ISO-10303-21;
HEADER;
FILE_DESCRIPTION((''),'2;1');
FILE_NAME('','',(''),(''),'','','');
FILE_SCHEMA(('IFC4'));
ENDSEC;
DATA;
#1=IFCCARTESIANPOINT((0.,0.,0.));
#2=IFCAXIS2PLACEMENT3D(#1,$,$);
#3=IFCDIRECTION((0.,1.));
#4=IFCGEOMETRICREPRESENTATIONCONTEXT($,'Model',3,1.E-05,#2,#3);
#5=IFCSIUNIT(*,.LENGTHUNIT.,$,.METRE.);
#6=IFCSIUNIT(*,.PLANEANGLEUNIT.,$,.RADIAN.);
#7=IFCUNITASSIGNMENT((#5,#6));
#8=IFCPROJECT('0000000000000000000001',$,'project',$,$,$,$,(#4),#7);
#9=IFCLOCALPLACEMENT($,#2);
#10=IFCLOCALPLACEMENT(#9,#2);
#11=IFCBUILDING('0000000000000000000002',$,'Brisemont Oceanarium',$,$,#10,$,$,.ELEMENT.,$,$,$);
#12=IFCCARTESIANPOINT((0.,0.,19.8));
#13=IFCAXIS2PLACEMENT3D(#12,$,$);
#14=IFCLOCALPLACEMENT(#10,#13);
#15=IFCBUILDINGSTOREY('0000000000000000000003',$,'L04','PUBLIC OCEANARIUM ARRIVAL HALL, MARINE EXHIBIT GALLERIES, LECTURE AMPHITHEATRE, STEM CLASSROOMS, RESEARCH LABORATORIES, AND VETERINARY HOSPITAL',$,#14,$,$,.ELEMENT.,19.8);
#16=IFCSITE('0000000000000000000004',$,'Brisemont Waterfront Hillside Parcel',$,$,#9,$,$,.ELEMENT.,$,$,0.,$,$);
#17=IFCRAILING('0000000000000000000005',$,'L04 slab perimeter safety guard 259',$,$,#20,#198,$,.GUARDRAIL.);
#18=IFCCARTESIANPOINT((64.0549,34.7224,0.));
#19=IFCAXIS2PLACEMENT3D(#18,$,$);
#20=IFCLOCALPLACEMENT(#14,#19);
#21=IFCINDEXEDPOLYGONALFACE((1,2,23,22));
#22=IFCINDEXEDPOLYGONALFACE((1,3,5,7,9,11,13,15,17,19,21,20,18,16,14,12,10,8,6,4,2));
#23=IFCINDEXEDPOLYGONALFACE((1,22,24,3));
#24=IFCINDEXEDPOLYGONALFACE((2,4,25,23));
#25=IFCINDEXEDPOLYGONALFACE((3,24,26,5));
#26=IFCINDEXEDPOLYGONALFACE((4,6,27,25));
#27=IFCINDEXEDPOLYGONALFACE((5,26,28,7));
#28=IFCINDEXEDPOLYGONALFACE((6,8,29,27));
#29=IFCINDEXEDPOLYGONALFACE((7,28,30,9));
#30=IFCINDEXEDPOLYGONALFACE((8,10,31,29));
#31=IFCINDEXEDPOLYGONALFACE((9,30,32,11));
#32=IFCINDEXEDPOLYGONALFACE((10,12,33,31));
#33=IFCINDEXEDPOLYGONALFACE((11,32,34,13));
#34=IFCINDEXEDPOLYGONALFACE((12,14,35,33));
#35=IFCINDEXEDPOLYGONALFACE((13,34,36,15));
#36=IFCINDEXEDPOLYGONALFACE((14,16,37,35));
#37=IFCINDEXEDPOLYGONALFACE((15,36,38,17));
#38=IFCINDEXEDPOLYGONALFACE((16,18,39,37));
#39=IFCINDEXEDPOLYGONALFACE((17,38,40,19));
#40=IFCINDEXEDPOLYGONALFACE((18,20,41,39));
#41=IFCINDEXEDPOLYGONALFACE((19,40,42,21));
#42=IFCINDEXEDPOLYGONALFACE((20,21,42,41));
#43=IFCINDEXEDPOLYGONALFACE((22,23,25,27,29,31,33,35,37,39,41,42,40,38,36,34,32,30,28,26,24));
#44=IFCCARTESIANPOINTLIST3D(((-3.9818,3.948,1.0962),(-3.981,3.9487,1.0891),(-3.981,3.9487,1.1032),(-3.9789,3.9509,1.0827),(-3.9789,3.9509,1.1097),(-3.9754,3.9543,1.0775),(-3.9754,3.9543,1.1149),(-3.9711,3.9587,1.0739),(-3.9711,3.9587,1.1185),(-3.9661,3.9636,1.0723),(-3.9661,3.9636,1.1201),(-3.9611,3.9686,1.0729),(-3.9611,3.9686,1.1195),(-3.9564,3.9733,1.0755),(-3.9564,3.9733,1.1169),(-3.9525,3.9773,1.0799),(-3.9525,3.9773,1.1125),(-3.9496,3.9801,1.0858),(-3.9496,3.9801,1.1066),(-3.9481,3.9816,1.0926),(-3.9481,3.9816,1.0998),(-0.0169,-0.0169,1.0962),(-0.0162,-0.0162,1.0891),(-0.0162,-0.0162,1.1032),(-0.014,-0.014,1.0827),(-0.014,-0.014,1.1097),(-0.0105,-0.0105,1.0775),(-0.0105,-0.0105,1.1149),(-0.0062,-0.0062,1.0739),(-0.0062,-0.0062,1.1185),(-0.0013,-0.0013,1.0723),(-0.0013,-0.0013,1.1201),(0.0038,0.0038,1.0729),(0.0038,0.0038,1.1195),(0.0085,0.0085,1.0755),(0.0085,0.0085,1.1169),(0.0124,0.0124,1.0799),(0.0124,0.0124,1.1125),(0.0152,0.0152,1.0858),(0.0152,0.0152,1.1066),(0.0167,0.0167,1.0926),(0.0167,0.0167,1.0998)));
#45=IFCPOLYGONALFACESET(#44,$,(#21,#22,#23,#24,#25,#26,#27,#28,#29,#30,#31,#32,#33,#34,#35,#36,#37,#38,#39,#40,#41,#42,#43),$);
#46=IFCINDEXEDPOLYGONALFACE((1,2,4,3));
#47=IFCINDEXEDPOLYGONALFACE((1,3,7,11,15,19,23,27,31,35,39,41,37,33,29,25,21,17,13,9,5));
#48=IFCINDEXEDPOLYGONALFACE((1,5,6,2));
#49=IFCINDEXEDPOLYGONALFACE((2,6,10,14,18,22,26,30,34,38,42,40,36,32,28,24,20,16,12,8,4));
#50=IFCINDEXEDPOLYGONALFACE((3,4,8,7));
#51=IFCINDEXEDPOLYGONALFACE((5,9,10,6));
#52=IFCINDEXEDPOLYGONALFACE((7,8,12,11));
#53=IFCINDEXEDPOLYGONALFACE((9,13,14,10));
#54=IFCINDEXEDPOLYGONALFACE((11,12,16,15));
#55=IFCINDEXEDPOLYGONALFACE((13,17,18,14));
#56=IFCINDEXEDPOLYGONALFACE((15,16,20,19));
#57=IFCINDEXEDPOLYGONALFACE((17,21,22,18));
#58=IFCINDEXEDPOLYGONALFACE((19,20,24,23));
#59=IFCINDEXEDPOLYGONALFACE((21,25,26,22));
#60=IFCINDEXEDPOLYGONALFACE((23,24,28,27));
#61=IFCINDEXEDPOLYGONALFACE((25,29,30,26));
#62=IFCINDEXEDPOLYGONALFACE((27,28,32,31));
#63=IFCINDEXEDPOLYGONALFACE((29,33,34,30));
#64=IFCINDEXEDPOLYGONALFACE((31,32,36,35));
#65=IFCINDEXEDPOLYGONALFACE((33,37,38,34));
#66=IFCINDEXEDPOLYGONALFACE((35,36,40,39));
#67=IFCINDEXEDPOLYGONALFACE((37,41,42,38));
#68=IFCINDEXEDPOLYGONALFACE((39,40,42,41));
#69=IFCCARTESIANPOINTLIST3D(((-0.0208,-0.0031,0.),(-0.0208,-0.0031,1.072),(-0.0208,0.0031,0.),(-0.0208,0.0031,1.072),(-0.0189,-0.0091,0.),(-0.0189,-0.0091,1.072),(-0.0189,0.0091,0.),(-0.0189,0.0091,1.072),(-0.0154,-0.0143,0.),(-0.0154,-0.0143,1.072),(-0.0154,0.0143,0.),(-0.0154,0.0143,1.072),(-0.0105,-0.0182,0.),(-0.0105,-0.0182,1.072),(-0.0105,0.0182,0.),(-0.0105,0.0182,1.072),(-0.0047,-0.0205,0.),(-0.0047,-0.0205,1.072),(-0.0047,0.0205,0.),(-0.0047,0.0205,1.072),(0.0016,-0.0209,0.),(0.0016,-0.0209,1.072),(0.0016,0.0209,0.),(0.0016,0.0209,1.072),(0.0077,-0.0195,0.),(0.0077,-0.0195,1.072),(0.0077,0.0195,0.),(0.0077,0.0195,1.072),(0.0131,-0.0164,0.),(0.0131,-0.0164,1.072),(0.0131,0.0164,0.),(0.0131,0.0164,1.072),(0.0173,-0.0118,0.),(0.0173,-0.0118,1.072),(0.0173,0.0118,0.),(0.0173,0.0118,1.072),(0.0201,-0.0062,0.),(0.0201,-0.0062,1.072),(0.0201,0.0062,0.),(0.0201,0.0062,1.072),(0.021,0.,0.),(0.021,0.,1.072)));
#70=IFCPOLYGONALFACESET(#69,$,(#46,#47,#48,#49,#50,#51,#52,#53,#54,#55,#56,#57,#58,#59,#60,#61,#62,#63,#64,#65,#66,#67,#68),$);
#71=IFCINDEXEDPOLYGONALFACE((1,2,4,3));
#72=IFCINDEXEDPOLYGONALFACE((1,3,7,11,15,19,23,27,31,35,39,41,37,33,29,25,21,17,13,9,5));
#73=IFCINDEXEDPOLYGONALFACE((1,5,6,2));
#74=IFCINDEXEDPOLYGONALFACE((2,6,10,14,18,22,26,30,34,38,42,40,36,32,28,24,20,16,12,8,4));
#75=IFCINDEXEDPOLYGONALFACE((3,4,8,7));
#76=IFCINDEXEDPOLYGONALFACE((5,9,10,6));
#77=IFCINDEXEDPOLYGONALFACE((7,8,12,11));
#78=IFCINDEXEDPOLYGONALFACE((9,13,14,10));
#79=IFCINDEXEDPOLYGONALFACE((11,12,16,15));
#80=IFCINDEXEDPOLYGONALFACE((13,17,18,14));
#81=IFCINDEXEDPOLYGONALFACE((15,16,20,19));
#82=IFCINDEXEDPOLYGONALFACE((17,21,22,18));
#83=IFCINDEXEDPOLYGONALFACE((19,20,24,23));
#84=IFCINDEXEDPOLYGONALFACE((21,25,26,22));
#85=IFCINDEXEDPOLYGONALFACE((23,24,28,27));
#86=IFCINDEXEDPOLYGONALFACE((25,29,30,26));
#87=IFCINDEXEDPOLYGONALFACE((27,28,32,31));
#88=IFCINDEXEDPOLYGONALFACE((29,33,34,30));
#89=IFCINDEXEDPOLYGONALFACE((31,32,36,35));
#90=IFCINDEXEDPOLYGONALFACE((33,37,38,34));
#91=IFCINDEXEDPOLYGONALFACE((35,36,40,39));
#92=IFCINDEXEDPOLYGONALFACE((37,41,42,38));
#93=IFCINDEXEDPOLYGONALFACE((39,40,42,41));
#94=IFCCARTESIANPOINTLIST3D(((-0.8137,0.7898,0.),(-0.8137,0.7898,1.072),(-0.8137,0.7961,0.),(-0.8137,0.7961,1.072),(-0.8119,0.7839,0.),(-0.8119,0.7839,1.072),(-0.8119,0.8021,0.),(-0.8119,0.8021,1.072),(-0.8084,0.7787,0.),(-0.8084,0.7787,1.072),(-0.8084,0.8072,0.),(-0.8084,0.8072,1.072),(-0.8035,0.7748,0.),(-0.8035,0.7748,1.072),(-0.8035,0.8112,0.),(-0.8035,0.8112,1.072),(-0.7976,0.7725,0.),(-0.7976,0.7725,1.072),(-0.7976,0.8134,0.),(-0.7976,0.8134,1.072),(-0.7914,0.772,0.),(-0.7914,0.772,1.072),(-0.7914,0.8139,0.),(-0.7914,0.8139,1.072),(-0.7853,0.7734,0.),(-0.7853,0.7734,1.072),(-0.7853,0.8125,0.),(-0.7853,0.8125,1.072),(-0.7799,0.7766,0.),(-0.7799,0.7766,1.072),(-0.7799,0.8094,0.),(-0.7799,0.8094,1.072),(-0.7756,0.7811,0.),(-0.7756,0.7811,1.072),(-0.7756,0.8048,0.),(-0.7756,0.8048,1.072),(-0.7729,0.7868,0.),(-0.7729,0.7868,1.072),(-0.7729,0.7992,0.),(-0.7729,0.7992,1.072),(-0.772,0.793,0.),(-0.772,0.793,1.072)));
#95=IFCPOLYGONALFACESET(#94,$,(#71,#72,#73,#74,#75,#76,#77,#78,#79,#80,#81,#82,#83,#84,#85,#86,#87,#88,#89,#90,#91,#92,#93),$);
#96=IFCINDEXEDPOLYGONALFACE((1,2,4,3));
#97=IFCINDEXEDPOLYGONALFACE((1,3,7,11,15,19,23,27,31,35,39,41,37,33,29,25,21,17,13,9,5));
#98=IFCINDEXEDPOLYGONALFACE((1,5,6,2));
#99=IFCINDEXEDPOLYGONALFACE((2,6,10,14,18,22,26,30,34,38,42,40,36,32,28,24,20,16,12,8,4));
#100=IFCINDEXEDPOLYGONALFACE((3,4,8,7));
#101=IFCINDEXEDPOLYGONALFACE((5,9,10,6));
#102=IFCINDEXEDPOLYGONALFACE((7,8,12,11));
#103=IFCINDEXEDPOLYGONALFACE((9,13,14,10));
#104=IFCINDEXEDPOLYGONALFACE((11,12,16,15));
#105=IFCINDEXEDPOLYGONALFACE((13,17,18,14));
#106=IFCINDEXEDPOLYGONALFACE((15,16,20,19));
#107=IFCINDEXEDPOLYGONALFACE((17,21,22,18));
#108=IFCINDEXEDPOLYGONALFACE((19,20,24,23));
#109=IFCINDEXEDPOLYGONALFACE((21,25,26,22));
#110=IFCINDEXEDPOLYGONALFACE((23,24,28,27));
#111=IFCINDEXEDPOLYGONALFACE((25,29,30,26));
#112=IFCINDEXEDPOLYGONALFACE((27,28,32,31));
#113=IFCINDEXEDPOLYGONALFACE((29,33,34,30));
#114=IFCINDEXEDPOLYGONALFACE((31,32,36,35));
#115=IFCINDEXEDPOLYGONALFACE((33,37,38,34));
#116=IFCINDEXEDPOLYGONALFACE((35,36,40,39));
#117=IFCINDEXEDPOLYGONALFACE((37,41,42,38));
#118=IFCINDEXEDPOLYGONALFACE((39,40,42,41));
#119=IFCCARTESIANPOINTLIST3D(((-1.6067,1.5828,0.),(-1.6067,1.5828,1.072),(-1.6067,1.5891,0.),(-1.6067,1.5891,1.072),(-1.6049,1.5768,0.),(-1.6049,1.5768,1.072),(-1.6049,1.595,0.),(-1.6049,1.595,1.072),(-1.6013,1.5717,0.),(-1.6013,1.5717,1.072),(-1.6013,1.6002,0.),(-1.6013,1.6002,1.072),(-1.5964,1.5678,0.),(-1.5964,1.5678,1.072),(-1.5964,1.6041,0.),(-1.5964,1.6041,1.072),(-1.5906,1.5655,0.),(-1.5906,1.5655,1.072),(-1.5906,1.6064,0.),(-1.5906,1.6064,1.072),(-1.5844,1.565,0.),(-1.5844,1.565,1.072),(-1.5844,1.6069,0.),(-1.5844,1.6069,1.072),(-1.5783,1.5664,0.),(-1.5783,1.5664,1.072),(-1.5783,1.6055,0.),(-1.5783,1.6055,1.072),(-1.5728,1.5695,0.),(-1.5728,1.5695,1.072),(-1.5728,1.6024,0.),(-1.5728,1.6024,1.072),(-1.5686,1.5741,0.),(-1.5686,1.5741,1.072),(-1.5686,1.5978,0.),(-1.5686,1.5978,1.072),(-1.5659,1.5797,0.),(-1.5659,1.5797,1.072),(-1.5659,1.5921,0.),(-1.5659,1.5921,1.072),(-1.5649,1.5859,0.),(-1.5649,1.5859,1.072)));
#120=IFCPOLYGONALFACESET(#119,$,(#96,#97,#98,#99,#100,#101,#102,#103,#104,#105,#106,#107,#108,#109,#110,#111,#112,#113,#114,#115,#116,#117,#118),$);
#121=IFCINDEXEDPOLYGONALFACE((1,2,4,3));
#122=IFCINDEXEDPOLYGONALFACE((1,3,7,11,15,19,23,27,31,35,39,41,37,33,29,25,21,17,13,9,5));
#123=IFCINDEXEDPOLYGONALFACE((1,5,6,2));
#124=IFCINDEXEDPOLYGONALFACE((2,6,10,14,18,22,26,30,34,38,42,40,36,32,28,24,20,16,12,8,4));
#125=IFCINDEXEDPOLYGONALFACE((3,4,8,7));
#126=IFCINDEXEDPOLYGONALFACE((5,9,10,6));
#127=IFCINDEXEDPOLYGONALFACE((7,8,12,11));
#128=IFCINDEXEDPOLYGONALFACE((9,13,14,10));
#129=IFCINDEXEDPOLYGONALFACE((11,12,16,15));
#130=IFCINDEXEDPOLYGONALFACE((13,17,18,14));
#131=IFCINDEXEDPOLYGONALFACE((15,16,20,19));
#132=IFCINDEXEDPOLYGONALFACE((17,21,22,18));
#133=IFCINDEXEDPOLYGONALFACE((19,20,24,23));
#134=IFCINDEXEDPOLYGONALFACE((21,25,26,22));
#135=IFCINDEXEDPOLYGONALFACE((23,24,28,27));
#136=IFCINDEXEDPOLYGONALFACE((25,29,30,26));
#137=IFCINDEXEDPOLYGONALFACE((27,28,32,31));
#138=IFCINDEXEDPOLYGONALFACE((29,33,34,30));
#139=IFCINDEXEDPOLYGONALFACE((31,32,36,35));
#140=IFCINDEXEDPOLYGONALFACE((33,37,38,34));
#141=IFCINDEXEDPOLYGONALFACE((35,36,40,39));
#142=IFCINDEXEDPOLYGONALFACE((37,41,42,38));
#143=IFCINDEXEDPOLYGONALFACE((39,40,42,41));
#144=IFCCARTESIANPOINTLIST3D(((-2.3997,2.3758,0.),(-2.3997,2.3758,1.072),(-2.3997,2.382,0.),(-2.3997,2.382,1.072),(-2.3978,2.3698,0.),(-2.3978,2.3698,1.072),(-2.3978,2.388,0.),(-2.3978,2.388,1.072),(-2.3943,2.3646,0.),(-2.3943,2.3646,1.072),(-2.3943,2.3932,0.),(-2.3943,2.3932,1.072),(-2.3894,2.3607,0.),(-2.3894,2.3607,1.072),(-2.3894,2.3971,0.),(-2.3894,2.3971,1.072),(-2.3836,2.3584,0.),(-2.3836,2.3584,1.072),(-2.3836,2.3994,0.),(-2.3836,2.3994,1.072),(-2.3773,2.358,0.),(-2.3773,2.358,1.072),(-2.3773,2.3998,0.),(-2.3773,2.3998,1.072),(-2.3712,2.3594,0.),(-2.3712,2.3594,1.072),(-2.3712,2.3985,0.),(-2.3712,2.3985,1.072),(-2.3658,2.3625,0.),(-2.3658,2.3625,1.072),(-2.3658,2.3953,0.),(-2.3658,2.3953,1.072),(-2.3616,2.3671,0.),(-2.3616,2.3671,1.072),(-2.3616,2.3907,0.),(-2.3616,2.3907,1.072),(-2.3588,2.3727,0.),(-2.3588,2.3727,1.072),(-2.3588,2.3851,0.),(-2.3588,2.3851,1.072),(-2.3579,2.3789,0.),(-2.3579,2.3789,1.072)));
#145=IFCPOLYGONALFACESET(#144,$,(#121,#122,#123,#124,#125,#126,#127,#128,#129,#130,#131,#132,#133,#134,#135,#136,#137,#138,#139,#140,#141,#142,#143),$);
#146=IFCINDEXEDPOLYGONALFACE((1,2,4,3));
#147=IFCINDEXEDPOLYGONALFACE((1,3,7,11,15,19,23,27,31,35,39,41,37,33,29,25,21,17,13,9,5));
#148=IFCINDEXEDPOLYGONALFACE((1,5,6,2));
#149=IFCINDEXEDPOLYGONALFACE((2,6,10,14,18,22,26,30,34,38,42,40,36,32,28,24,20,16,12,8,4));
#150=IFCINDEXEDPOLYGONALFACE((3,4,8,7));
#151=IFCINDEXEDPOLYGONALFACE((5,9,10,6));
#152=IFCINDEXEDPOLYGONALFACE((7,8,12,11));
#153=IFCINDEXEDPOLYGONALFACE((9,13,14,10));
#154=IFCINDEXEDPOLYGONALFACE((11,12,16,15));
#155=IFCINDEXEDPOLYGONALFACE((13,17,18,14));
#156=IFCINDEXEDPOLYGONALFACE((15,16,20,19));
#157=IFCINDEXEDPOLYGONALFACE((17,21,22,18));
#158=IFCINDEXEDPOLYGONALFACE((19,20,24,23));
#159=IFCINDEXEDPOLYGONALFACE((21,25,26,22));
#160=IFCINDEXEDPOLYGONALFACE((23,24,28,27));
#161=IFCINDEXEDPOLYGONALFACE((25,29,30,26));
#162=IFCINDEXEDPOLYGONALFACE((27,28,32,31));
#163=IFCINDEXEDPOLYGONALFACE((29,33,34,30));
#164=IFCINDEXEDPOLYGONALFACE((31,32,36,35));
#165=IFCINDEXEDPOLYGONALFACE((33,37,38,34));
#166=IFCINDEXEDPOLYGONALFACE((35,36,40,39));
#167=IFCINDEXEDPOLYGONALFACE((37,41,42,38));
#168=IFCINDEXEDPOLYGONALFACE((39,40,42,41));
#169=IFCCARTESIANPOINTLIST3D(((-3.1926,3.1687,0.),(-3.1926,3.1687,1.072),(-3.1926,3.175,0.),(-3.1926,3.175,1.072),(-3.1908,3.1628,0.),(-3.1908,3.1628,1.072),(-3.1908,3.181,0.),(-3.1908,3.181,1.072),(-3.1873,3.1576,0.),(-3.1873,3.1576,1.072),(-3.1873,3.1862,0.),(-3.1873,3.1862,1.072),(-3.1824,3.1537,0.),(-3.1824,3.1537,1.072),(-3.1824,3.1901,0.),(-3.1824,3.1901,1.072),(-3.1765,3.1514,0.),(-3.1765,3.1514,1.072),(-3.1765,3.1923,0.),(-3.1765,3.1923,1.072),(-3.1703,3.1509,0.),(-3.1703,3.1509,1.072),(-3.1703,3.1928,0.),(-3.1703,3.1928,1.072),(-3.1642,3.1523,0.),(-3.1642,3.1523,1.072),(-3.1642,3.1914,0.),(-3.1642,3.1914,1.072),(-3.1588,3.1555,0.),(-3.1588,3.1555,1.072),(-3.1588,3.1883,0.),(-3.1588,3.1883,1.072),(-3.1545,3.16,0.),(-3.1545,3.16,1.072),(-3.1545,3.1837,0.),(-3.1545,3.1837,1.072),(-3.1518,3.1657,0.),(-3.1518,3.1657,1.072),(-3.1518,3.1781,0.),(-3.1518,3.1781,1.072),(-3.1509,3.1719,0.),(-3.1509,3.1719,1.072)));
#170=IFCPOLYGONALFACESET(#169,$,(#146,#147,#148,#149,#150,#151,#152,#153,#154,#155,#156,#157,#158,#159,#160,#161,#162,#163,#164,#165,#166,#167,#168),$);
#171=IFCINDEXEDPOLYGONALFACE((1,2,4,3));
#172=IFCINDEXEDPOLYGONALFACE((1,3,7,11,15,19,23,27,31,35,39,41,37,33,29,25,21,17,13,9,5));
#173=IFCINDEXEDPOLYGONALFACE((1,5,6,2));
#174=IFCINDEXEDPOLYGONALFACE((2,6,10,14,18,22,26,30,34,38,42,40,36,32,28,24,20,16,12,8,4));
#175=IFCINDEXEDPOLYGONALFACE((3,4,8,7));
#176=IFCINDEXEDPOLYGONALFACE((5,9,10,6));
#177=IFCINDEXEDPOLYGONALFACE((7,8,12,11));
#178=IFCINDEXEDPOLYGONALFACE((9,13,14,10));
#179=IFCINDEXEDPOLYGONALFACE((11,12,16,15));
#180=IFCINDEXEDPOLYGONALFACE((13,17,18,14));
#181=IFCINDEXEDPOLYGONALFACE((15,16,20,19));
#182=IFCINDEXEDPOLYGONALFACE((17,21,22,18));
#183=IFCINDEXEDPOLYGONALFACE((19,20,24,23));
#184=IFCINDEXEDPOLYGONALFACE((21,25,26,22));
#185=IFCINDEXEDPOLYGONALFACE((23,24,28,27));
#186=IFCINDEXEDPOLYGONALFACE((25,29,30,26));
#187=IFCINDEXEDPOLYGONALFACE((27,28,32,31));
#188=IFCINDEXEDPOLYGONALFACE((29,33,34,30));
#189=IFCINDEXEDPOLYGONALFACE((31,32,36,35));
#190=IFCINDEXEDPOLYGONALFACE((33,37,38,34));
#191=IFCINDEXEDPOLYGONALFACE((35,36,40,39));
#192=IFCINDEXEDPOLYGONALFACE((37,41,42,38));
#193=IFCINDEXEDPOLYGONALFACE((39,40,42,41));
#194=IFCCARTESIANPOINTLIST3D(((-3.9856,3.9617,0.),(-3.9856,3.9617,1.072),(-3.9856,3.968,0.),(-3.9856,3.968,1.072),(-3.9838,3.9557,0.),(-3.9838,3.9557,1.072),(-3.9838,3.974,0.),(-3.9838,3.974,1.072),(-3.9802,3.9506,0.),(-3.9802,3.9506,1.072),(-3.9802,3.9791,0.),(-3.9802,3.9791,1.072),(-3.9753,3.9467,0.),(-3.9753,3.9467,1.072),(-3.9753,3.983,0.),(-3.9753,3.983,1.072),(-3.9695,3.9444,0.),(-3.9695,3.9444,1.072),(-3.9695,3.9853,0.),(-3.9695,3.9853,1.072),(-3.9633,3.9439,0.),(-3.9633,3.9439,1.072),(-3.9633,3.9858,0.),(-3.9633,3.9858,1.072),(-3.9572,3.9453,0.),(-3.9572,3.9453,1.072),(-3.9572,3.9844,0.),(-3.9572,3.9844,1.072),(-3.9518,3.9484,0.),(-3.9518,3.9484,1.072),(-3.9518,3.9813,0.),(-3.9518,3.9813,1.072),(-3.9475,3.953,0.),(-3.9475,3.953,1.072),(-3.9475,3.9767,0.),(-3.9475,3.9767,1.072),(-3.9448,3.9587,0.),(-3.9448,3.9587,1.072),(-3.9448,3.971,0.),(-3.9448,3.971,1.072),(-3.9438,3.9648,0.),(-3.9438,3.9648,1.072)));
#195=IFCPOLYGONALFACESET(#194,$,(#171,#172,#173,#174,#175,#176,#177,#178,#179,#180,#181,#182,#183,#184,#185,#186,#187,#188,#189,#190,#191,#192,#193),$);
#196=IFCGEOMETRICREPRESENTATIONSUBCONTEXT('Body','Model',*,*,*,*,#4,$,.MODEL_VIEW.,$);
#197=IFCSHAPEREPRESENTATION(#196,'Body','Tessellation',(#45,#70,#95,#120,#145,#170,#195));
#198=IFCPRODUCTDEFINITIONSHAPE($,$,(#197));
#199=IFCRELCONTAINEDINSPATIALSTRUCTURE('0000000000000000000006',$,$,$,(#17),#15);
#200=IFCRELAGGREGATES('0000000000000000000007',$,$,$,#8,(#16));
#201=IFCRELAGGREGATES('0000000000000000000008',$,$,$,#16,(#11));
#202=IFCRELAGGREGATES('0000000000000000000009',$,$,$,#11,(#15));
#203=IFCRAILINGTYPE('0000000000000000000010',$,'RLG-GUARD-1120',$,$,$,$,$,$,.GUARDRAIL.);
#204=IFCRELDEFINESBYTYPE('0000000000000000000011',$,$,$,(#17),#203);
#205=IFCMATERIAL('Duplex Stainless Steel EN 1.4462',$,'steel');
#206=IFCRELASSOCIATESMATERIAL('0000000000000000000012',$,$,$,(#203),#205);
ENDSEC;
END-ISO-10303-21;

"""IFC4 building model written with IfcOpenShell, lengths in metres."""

from ifc_helpers import new_model, si_unit, direction, frame, origin, origin_2d, place, context, subcontext, project, spatial, circle, extrude, material, type_object, element, save


model = new_model("IFC4")

# Units and contexts
model_context = context("Model", 3, precision=1e-05, world=origin(), true_north=direction((0.0, 1.0)))
body_context = subcontext(model_context, "Body", "Model", "MODEL_VIEW")
ifc_project = project(units=[si_unit("LENGTHUNIT", "METRE"), si_unit("PLANEANGLEUNIT", "RADIAN")], contexts=[model_context])

# Site, building, storey
site_placement = place(None, origin())
site = spatial("IfcSite", under=ifc_project, at=site_placement, Name="Brisemont Waterfront Hillside Parcel", CompositionType="ELEMENT", RefElevation=0.0)
building_placement = place(site_placement, origin())
building = spatial("IfcBuilding", under=site, at=building_placement, Name="Brisemont Oceanarium", CompositionType="ELEMENT")
storey_placement = place(building_placement, frame((0.0, 0.0, 19.8)))
storey = spatial("IfcBuildingStorey", under=building, at=storey_placement, Name="L04", Description="PUBLIC OCEANARIUM ARRIVAL HALL, MARINE EXHIBIT GALLERIES, LECTURE AMPHITHEATRE, STEM CLASSROOMS, RESEARCH LABORATORIES, AND VETERINARY HOSPITAL", CompositionType="ELEMENT", Elevation=19.8)

# Railing
ifc_material_1 = material(Name="Duplex Stainless Steel EN 1.4462", Category="steel")
railing_type = type_object("IfcRailingType", Name="RLG-GUARD-1120", PredefinedType="GUARDRAIL", material=ifc_material_1)
railing_1_placement = place(storey_placement, frame((64.0549, 34.7224, 0.0)))
element("IfcRailing", 1, at=railing_1_placement, inside=storey, type_object=railing_type, Name="L04 slab perimeter safety guard 259", PredefinedType="GUARDRAIL", context=body_context, shape_type="SweptSolid", body=[
    extrude(circle(Radius=0.0239, at=origin_2d()), frame((0.0, 0.0, 1.0962), z_axis=(-0.707107, 0.707107, 0.0), x_axis=(-0.707107, -0.707107, 0.0)), (0.0, 0.0, 1.0), 5.6072),
    extrude(circle(Radius=0.021, at=origin_2d()), origin(), (0.0, 0.0, 1.0), 1.072),
    extrude(circle(Radius=0.021, at=origin_2d()), frame((-0.793, 0.793, 0.0)), (0.0, 0.0, 1.0), 1.072),
    extrude(circle(Radius=0.021, at=origin_2d()), frame((-1.5859, 1.5859, 0.0)), (0.0, 0.0, 1.0), 1.072),
    extrude(circle(Radius=0.021, at=origin_2d()), frame((-2.3789, 2.3789, 0.0)), (0.0, 0.0, 1.0), 1.072),
    extrude(circle(Radius=0.021, at=origin_2d()), frame((-3.1719, 3.1719, 0.0)), (0.0, 0.0, 1.0), 1.072),
    extrude(circle(Radius=0.021, at=origin_2d()), frame((-3.9648, 3.9648, 0.0)), (0.0, 0.0, 1.0), 1.072),
])

save(model, "model.ifc")
